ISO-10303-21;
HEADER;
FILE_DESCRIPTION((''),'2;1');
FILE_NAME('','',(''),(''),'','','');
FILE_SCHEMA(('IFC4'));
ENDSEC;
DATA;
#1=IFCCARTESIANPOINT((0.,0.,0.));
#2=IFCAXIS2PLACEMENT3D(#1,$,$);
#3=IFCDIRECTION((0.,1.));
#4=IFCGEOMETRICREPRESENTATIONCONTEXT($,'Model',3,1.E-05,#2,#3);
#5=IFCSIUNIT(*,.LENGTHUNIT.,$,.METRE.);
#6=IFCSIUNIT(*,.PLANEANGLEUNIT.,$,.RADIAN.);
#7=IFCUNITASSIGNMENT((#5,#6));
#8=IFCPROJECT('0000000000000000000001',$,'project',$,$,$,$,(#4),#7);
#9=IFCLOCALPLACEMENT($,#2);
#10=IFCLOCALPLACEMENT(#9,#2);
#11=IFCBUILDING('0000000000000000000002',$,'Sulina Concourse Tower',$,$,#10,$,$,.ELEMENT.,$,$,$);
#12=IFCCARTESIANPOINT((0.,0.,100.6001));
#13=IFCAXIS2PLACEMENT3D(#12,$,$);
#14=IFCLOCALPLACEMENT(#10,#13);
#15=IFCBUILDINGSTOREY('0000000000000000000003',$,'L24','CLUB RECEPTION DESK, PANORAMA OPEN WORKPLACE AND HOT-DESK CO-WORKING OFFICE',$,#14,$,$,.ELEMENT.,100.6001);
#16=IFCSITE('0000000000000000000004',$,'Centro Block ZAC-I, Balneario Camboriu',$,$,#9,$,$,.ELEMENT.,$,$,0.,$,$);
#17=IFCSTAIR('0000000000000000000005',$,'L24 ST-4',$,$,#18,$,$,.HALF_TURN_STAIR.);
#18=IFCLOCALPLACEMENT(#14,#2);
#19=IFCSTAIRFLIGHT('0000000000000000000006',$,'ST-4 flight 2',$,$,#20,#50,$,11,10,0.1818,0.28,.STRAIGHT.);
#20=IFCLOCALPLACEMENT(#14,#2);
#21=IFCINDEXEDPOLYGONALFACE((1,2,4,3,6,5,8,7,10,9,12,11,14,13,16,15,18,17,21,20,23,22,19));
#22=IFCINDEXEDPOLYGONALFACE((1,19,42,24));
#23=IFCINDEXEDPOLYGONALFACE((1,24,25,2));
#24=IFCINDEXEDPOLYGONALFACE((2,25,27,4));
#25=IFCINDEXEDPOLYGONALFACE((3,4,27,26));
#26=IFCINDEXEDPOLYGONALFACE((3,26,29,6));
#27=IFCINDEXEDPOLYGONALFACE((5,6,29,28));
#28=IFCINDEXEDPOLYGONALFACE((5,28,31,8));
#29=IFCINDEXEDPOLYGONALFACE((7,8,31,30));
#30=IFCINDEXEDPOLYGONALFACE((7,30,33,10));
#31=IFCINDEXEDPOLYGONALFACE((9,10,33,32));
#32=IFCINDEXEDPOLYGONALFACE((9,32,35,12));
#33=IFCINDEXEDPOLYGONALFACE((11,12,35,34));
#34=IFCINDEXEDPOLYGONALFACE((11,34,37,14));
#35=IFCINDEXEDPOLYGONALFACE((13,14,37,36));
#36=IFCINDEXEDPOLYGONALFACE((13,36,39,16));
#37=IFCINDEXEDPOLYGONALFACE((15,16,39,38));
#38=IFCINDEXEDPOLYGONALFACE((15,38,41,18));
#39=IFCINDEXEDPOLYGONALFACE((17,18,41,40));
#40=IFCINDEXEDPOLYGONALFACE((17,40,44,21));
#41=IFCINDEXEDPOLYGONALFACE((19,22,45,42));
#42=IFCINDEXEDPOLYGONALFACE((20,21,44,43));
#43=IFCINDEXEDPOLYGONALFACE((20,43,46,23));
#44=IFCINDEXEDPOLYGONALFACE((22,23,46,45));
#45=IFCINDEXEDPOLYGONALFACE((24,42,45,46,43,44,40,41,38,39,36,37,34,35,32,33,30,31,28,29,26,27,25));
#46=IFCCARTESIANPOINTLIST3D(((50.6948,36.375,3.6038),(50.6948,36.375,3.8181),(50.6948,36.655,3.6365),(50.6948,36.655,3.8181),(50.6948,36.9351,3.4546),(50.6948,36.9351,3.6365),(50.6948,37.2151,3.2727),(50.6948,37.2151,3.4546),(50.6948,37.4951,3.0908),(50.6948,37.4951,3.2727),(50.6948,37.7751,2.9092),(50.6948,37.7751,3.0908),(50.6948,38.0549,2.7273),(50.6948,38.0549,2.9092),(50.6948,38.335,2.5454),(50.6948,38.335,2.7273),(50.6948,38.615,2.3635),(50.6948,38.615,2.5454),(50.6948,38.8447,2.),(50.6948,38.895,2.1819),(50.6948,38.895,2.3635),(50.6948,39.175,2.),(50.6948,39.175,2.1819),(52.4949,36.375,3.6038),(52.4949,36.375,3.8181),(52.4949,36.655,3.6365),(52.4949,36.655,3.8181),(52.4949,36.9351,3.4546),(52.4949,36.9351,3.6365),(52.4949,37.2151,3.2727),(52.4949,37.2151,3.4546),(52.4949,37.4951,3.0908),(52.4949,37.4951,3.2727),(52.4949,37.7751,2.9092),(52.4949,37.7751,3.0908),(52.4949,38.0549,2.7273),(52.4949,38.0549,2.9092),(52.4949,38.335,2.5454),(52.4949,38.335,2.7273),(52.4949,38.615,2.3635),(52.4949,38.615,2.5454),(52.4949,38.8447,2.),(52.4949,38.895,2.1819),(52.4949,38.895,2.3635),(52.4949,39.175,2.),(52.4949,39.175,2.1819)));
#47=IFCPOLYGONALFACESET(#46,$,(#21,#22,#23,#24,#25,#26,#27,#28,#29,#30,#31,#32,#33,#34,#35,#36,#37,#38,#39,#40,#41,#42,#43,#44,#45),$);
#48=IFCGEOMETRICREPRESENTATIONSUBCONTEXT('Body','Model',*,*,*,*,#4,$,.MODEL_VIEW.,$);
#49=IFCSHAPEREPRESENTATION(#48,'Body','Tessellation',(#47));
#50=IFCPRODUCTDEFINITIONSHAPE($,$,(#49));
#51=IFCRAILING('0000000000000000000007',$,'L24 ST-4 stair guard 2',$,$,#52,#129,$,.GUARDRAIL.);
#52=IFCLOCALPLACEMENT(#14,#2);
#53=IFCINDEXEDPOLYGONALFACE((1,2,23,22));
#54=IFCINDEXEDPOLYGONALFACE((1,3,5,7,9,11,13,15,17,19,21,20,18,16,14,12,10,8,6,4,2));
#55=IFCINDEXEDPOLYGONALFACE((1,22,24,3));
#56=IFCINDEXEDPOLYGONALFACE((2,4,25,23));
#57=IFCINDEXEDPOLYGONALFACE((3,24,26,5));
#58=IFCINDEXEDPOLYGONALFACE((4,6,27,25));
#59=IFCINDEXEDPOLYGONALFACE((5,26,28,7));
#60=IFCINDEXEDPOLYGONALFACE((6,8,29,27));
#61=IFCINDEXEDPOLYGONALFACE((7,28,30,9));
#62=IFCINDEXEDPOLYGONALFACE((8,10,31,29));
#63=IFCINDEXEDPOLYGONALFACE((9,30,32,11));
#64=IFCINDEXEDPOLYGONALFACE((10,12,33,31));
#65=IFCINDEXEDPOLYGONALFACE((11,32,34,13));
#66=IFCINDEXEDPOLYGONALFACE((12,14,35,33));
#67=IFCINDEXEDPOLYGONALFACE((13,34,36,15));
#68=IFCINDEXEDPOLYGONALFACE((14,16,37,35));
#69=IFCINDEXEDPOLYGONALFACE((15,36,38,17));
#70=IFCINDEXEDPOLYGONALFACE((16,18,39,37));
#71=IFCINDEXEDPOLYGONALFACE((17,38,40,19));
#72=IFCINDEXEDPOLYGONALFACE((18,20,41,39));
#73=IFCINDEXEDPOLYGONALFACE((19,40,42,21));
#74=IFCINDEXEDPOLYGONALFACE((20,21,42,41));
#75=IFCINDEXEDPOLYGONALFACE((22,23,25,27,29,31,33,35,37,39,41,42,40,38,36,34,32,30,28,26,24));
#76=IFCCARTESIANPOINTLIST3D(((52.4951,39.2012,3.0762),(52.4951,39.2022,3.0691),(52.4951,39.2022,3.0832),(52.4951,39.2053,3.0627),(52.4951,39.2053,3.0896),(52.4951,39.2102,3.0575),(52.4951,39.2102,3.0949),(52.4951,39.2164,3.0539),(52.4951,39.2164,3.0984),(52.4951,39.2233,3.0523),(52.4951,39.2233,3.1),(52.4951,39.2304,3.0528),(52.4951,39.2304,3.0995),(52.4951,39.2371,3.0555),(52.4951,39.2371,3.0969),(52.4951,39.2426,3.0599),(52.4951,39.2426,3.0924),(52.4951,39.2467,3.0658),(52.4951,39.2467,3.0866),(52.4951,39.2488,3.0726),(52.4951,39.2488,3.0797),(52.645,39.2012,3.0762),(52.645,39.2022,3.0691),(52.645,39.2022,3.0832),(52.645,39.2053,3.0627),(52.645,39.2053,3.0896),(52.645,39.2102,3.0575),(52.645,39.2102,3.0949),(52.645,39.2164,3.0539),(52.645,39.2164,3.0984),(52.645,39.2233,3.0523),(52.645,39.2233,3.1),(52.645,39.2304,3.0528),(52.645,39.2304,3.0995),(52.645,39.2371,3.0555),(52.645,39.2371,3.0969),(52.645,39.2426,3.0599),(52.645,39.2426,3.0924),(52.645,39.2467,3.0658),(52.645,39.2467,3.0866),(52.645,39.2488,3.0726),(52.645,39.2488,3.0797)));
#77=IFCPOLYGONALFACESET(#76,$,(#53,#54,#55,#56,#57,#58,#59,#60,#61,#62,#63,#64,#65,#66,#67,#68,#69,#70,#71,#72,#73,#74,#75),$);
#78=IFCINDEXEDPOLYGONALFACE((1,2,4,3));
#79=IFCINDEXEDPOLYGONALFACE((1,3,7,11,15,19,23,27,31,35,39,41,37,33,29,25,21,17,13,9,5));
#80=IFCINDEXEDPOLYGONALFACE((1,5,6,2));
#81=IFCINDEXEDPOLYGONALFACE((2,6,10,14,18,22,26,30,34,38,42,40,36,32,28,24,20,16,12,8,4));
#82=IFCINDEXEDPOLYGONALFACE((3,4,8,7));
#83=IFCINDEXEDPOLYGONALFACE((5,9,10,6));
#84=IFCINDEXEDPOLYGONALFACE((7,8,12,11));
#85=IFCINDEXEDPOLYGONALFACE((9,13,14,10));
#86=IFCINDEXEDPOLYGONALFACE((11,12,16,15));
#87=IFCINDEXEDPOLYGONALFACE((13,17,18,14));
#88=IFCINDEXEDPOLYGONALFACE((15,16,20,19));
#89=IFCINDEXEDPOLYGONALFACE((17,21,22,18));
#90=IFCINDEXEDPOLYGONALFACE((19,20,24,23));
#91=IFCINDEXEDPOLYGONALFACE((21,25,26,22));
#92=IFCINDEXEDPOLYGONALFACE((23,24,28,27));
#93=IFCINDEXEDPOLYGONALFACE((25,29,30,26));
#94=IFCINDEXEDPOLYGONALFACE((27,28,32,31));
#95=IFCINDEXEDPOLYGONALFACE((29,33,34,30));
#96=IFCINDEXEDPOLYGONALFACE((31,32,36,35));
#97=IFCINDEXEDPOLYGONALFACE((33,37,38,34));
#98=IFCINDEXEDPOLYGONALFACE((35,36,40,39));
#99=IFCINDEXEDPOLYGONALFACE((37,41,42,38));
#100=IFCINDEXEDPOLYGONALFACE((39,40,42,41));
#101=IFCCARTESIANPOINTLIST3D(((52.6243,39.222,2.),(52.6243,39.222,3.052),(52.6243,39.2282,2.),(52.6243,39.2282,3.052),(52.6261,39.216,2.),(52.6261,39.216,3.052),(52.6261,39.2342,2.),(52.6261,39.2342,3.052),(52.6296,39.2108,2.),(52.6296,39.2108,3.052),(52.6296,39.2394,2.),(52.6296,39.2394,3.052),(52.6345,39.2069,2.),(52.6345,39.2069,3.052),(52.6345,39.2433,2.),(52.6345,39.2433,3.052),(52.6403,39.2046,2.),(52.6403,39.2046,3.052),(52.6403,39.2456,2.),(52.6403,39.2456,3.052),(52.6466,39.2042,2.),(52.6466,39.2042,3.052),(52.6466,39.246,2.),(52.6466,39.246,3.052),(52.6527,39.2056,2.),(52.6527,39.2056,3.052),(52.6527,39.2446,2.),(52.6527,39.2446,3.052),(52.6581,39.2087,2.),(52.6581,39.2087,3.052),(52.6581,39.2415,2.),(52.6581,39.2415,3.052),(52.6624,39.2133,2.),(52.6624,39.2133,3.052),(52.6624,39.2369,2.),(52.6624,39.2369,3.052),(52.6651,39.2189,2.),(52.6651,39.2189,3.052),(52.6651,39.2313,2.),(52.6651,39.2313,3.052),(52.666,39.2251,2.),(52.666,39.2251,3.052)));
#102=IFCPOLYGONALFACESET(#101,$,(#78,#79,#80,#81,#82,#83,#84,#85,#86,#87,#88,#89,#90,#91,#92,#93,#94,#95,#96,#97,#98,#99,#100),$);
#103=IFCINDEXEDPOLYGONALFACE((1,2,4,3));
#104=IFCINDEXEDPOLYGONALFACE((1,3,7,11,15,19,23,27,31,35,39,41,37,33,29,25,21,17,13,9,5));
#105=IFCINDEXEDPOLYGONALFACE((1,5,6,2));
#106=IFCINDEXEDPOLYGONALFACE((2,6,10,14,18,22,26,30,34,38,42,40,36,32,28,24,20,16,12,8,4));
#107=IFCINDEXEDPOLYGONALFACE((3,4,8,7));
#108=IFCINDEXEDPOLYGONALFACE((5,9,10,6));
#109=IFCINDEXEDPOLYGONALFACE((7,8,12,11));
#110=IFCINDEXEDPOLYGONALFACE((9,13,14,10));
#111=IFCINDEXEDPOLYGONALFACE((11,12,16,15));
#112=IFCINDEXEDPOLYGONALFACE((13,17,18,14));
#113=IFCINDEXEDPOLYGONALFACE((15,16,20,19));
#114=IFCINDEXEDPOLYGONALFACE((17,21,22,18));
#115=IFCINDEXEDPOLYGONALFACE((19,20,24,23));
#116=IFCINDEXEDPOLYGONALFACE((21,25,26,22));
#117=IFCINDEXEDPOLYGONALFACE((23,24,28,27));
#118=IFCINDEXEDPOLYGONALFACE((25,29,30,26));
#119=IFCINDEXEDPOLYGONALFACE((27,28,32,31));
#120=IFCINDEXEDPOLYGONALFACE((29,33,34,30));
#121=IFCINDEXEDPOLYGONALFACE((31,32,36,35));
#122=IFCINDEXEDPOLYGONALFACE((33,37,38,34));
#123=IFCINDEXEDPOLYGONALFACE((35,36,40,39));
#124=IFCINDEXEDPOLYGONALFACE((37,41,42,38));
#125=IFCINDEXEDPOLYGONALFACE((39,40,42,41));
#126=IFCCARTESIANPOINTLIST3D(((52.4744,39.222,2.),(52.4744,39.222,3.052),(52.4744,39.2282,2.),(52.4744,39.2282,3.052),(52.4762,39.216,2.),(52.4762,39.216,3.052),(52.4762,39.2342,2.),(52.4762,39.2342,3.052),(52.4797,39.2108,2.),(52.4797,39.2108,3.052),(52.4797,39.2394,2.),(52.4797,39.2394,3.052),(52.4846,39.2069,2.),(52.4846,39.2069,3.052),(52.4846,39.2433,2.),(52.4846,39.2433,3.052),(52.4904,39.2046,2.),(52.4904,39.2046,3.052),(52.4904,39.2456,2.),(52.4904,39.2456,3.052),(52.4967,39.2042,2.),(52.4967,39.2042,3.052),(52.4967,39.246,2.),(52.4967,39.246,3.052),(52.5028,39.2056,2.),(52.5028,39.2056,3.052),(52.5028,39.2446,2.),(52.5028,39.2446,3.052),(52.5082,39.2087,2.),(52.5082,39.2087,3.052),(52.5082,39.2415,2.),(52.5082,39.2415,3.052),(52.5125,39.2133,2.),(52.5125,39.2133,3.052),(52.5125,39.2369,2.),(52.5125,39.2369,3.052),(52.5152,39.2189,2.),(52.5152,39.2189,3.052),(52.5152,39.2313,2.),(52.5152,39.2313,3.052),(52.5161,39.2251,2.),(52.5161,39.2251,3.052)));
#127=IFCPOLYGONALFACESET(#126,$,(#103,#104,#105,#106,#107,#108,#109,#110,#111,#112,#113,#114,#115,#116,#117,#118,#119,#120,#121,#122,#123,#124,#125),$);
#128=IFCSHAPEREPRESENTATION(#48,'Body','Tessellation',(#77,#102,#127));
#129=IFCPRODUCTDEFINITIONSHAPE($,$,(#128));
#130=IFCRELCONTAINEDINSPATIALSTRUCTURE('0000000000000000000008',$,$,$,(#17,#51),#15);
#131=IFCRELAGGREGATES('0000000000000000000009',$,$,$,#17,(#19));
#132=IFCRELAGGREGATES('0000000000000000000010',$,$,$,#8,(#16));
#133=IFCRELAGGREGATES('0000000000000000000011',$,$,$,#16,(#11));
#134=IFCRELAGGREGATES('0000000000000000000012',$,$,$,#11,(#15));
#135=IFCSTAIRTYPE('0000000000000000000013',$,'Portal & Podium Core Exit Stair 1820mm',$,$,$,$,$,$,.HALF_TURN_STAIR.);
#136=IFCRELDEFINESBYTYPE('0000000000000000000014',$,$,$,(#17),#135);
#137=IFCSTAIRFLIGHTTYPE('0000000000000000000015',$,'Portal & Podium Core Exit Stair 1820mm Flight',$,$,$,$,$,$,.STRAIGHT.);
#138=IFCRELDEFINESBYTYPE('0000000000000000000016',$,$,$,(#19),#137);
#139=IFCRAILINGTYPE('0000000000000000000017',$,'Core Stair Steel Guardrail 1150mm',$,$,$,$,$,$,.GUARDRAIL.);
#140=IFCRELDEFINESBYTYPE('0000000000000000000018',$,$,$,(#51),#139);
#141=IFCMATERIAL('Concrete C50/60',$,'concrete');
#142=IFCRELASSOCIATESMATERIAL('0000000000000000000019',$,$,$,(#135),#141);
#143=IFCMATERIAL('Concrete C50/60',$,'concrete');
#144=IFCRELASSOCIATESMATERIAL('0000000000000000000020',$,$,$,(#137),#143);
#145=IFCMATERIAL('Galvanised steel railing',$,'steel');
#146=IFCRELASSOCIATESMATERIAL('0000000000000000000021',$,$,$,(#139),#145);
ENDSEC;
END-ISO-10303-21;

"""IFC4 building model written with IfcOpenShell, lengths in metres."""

from ifc_helpers import new_model, si_unit, direction, frame, origin, origin_2d, place, context, subcontext, project, spatial, polyline, circle, outline, extrude, material, type_object, element, aggregate, save


model = new_model("IFC4")

# Units and contexts
model_context = context("Model", 3, precision=1e-05, world=origin(), true_north=direction((0.0, 1.0)))
body_context = subcontext(model_context, "Body", "Model", "MODEL_VIEW")
ifc_project = project(units=[si_unit("LENGTHUNIT", "METRE"), si_unit("PLANEANGLEUNIT", "RADIAN")], contexts=[model_context])

# Site, building, storey
site_placement = place(None, origin())
site = spatial("IfcSite", under=ifc_project, at=site_placement, Name="Centro Block ZAC-I, Balneario Camboriu", CompositionType="ELEMENT", RefElevation=0.0)
building_placement = place(site_placement, origin())
building = spatial("IfcBuilding", under=site, at=building_placement, Name="Sulina Concourse Tower", CompositionType="ELEMENT")
storey_placement = place(building_placement, frame((0.0, 0.0, 100.6001)))
storey = spatial("IfcBuildingStorey", under=building, at=storey_placement, Name="L24", Description="CLUB RECEPTION DESK, PANORAMA OPEN WORKPLACE AND HOT-DESK CO-WORKING OFFICE", CompositionType="ELEMENT", Elevation=100.6001)

# Stair, stair flight
ifc_material_1 = material(Name="Concrete C50/60", Category="concrete")
stair_type = type_object("IfcStairType", Name="Portal & Podium Core Exit Stair 1820mm", PredefinedType="HALF_TURN_STAIR", material=ifc_material_1)
stair_placement = place(storey_placement, origin())
stair = element("IfcStair", 1, at=stair_placement, inside=storey, type_object=stair_type, Name="L24 ST-4", PredefinedType="HALF_TURN_STAIR")
ifc_material_2 = material(Name="Concrete C50/60", Category="concrete")
stair_flight_type = type_object("IfcStairFlightType", Name="Portal & Podium Core Exit Stair 1820mm Flight", PredefinedType="STRAIGHT", material=ifc_material_2)
stair_flight_placement = place(storey_placement, frame((51.595, 39.175, 2.0), z_axis=(0.0, 0.0, 1.0), x_axis=(0.0, -1.0, 0.0)))
stair_flight = element("IfcStairFlight", 2, at=stair_flight_placement, type_object=stair_flight_type, Name="ST-4 flight 2", NumberOfRisers=11, NumberOfTreads=10, PredefinedType="STRAIGHT", RiserHeight=0.1818, TreadLength=0.28, context=body_context, shape_type="SweptSolid", body=[
    extrude(outline(polyline([(0.0, 0.0), (0.0, 0.1819), (0.28, 0.1819), (0.28, 0.3635), (0.5601, 0.3635), (0.5601, 0.5454), (0.8401, 0.5454), (0.8401, 0.7273), (1.1201, 0.7273), (1.1201, 0.9092), (1.3999, 0.9092), (1.3999, 1.0908), (1.6799, 1.0908), (1.6799, 1.2727), (1.96, 1.2727), (1.96, 1.4546), (2.24, 1.4546), (2.24, 1.6365), (2.52, 1.6365), (2.52, 1.8181), (2.8, 1.8181), (2.8, 2.0), (2.8, 1.6038), (0.3303, 0.0), (0.0, 0.0)])), frame((0.0, 0.8999, 0.0), z_axis=(0.0, -1.0, 0.0), x_axis=(1.0, 0.0, 0.0)), (0.0, 0.0, 1.0), 1.8),
])
aggregate(stair, [stair_flight])

# Railing
ifc_material_3 = material(Name="Galvanised steel railing", Category="steel")
railing_type_1 = type_object("IfcRailingType", Name="Core Stair Steel Guardrail 1150mm", PredefinedType="GUARDRAIL", material=ifc_material_3)
railing_1_placement = place(storey_placement, frame((52.645, 39.2251, 2.0)))
element("IfcRailing", 3, at=railing_1_placement, inside=storey, type_object=railing_type_1, Name="L24 ST-4 stair guard 2", PredefinedType="GUARDRAIL", context=body_context, shape_type="SweptSolid", body=[
    extrude(circle(Radius=0.0239, at=origin_2d()), frame((0.0, 0.0, 1.0762), z_axis=(-1.0, 0.0, 0.0), x_axis=(0.0, -1.0, 0.0)), (0.0, 0.0, 1.0), 0.1499),
    extrude(circle(Radius=0.021, at=origin_2d()), origin(), (0.0, 0.0, 1.0), 1.052),
    extrude(circle(Radius=0.021, at=origin_2d()), frame((-0.1499, 0.0, 0.0)), (0.0, 0.0, 1.0), 1.052),
])

save(model, "model.ifc")
